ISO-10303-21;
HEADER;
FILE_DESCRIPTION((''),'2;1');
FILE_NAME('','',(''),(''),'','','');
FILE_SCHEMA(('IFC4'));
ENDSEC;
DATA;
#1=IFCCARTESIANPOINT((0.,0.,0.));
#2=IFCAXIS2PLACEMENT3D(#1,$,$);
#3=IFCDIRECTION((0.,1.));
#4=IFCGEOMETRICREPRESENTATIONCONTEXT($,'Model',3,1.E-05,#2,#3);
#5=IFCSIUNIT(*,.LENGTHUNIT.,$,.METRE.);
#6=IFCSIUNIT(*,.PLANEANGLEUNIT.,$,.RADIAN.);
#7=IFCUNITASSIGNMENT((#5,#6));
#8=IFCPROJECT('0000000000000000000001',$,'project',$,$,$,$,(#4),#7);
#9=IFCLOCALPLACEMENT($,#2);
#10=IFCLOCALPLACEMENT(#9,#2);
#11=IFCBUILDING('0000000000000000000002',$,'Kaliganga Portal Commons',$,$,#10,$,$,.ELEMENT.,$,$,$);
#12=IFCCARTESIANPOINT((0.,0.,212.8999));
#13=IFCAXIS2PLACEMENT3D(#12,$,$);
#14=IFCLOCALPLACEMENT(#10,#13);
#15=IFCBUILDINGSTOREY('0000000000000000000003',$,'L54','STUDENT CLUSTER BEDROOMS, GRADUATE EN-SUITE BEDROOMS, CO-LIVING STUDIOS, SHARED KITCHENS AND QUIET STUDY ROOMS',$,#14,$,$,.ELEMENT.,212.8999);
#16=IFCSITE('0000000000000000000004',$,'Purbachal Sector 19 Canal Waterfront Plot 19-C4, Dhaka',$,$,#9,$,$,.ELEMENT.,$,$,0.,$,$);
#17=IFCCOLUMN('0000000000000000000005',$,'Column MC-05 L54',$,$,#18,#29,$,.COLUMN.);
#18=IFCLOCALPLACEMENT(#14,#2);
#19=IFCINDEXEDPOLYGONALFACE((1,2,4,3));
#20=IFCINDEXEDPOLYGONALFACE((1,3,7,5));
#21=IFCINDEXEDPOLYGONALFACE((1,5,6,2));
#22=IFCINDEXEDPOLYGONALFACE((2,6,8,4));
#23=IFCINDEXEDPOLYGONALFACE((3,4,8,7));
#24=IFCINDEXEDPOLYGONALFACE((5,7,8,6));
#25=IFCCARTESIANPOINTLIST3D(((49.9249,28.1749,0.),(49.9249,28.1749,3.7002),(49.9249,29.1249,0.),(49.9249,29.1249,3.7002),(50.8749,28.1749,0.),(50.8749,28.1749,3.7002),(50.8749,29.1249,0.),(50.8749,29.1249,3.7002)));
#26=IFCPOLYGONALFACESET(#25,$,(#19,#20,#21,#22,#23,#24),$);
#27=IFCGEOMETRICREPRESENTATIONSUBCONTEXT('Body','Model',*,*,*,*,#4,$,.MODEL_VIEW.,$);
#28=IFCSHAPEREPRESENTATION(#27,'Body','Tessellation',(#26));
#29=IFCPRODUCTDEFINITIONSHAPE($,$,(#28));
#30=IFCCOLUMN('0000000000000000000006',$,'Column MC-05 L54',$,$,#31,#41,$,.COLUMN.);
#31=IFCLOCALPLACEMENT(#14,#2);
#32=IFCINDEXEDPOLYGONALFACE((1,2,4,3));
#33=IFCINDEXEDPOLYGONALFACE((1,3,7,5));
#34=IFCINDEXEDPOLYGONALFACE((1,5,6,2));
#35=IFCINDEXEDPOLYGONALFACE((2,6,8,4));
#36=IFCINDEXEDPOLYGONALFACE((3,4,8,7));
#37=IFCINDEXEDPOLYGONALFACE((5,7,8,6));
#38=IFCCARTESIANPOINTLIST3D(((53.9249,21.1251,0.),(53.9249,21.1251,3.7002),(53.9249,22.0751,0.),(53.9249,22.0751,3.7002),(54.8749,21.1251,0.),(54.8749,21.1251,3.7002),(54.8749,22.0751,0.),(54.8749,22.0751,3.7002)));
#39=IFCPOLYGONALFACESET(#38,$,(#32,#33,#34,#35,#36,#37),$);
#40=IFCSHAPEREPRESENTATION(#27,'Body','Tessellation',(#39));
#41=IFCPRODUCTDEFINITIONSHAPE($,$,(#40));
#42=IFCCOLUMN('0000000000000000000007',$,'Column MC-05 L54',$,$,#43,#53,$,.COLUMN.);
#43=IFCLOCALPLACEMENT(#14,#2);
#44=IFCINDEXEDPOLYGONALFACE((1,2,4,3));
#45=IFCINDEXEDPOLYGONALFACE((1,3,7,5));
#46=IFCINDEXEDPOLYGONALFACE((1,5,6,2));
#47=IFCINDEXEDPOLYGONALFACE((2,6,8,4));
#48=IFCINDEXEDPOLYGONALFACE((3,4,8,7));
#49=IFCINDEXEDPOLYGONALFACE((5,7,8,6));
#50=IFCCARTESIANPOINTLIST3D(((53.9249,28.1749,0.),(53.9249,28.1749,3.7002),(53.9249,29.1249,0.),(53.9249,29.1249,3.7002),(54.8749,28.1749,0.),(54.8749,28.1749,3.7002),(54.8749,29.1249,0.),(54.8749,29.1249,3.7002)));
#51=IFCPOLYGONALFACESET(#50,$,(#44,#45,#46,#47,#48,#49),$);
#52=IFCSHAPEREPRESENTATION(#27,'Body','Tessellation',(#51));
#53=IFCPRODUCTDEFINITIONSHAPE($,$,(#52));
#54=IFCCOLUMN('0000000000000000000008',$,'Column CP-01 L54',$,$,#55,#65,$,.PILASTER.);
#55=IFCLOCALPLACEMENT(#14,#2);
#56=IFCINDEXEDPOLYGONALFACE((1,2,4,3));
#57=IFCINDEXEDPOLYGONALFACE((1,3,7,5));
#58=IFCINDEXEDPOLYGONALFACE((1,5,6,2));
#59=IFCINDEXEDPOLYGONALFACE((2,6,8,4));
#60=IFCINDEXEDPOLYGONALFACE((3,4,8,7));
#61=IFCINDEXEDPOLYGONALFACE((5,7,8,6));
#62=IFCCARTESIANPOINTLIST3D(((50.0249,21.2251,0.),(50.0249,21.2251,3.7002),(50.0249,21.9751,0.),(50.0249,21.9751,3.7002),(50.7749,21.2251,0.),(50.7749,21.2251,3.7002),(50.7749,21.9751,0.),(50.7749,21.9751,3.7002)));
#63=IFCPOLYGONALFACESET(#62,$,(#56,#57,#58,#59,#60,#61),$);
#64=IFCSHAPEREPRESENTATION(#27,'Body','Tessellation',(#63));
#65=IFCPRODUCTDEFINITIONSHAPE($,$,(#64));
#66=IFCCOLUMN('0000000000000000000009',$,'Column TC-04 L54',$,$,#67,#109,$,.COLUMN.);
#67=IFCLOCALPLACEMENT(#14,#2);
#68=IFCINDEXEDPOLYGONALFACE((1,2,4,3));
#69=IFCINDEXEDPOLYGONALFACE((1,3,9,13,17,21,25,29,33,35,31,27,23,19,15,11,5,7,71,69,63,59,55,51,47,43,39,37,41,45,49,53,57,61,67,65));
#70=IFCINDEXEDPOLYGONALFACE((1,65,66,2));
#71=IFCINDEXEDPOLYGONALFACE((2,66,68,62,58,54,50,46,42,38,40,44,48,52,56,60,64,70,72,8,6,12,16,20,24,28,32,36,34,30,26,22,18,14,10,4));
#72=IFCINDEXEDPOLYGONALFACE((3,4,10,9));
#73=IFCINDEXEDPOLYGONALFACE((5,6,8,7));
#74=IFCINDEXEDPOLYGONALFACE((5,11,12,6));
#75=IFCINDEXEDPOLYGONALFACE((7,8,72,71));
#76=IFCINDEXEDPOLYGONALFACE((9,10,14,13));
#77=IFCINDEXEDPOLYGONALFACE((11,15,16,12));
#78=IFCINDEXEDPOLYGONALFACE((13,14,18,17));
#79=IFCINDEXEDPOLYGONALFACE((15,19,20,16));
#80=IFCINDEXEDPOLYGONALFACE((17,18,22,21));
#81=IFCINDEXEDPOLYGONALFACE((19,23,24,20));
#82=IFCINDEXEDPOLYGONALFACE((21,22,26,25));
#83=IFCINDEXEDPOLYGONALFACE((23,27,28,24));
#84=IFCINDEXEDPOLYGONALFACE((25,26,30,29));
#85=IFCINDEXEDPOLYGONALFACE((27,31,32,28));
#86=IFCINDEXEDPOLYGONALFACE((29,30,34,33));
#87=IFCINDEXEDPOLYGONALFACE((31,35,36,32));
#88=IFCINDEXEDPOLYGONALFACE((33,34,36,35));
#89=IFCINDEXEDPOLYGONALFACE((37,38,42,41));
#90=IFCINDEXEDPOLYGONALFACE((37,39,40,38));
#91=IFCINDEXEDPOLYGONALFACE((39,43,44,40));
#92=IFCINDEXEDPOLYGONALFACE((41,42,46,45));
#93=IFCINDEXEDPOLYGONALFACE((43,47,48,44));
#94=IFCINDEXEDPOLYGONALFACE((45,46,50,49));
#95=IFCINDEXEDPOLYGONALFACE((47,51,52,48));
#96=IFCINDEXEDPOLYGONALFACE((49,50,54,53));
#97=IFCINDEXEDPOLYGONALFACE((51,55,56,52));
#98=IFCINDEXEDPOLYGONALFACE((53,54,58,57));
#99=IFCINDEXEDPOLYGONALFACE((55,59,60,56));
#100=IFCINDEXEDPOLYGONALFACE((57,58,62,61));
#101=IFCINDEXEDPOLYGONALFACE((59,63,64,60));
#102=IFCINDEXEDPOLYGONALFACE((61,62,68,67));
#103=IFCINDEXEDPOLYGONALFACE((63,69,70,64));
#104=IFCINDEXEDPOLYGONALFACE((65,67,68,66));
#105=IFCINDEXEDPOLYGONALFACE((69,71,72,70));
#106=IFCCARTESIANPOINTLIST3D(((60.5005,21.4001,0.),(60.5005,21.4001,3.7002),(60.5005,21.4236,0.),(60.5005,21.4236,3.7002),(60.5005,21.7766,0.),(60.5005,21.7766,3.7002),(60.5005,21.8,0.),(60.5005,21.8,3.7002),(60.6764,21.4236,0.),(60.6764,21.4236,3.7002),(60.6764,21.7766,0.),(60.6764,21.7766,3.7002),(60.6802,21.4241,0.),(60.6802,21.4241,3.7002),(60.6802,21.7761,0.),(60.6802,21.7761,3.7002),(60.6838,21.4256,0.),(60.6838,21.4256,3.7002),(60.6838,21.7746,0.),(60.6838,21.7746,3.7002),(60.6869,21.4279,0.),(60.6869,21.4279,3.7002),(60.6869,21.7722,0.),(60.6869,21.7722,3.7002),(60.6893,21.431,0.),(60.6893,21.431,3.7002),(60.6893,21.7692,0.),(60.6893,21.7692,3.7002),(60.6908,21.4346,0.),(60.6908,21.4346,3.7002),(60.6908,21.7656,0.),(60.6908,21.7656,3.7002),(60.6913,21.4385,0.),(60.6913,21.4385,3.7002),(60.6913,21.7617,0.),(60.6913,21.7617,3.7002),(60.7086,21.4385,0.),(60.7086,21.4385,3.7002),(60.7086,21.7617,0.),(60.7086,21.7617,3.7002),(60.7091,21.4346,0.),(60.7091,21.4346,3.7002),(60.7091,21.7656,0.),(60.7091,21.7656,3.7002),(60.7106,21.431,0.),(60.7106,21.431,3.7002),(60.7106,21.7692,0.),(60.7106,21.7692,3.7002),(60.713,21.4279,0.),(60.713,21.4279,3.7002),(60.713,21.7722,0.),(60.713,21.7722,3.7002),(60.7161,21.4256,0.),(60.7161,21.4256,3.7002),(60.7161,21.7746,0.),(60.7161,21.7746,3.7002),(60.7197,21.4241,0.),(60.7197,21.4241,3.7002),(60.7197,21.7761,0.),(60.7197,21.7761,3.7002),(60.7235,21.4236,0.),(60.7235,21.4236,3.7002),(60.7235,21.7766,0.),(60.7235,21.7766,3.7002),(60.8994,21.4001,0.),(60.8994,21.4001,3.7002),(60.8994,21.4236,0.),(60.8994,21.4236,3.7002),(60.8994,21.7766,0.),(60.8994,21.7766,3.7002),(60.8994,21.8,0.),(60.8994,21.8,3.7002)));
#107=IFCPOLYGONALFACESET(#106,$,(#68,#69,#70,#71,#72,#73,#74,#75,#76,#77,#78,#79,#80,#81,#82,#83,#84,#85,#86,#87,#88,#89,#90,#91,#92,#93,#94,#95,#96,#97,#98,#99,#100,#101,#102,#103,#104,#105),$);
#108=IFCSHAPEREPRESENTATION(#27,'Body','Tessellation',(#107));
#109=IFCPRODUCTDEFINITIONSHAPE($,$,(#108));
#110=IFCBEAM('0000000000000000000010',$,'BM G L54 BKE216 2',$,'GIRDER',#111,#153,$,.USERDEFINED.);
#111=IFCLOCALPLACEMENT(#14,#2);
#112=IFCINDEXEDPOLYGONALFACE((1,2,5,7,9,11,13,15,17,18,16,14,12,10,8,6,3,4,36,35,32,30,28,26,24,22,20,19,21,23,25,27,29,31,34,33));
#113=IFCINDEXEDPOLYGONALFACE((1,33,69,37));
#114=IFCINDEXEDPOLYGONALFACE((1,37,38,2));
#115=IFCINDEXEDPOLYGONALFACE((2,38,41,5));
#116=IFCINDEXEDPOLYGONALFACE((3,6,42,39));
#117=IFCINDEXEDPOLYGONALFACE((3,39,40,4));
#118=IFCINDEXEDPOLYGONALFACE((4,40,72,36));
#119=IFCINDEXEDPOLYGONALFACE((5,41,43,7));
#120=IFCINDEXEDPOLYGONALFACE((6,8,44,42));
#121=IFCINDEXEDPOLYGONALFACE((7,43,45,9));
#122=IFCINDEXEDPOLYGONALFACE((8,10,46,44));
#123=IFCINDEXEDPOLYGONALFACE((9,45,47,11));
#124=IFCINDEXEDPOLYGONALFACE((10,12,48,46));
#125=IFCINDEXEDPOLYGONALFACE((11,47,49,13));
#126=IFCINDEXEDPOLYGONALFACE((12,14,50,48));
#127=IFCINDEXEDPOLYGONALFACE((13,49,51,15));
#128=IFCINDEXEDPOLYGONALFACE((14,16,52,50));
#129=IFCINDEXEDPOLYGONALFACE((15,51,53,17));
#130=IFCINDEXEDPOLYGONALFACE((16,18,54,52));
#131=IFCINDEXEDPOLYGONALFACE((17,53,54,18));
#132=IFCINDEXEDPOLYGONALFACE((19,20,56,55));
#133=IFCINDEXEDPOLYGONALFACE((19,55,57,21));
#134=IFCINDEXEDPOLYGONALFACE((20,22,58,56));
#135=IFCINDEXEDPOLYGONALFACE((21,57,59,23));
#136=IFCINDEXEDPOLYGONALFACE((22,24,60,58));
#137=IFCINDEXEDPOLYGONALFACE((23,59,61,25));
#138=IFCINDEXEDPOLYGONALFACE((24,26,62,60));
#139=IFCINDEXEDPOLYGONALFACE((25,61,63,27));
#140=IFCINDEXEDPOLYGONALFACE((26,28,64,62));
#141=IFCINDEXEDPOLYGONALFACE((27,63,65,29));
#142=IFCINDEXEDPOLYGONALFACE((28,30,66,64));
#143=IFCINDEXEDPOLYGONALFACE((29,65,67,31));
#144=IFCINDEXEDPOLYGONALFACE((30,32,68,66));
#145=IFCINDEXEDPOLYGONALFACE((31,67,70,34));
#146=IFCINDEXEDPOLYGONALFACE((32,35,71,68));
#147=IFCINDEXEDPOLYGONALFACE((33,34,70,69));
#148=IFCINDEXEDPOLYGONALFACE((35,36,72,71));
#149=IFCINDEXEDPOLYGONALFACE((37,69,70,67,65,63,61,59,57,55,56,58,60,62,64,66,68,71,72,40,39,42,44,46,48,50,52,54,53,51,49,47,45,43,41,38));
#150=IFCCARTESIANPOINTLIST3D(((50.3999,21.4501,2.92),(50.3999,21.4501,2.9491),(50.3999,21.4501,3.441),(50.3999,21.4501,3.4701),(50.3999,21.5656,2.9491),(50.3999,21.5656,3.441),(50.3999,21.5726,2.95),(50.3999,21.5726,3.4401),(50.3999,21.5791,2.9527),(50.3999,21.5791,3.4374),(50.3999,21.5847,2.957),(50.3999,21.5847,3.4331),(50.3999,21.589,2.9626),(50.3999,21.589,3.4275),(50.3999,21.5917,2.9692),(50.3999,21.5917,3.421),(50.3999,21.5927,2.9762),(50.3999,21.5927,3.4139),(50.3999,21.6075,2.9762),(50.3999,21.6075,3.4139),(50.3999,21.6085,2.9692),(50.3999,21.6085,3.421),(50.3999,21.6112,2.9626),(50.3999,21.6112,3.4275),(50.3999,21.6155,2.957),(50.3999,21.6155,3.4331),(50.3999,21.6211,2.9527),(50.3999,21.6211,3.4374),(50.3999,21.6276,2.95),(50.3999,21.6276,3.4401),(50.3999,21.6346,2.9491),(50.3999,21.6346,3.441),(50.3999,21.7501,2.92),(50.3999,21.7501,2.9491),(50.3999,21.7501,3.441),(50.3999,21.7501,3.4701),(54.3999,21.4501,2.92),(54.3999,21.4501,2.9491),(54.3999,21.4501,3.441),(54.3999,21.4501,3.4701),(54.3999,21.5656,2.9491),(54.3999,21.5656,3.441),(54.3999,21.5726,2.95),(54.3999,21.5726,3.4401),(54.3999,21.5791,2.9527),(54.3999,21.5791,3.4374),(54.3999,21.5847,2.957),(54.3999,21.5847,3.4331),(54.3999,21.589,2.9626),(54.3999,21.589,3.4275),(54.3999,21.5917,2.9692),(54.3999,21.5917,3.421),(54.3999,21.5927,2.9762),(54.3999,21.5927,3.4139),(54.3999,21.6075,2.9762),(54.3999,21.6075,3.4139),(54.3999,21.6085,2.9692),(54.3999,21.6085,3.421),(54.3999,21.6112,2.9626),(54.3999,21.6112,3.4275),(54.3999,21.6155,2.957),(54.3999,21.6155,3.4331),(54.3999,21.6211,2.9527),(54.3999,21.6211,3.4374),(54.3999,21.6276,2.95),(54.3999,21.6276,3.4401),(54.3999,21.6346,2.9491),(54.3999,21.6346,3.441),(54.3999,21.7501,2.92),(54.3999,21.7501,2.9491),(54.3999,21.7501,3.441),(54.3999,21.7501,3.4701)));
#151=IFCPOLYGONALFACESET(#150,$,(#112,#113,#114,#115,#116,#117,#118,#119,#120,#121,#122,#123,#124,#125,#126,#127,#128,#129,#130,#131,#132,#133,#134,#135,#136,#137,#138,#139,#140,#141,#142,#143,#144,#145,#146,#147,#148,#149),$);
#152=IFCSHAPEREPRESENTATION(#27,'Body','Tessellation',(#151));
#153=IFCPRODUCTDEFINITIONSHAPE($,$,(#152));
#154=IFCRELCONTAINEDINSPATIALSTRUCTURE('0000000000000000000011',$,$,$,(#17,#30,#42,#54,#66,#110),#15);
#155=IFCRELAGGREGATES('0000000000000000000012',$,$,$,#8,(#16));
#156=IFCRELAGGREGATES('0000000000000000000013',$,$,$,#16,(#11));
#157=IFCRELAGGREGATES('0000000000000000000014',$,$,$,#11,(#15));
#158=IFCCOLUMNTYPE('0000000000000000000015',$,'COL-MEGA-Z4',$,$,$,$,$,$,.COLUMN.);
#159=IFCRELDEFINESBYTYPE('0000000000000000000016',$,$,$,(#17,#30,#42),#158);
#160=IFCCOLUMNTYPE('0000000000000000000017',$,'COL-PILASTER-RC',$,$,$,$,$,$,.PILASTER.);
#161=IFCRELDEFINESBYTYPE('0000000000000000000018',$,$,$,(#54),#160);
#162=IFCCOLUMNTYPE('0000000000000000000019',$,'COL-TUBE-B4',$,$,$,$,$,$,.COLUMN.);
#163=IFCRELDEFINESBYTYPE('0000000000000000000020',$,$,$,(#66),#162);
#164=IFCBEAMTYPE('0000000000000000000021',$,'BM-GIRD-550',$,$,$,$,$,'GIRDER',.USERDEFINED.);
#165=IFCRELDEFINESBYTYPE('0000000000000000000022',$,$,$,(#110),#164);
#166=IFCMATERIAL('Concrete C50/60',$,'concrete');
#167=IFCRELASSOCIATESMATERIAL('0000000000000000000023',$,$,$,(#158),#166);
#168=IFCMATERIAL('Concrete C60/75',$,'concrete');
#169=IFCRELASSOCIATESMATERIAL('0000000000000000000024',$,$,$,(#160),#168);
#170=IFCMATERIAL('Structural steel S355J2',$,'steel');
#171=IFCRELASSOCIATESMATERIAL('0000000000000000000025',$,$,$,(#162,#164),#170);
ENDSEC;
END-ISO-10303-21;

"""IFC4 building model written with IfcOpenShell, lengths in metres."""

from ifc_helpers import new_model, si_unit, direction, frame, origin, origin_2d, place, context, subcontext, project, spatial, rectangle, i_section, extrude, source, transform, mapped, material, material_profile, profile_set, type_object, element, save


model = new_model("IFC4")

# Units and contexts
model_context = context("Model", 3, precision=1e-05, world=origin(), true_north=direction((0.0, 1.0)))
body_context = subcontext(model_context, "Body", "Model", "MODEL_VIEW")
ifc_project = project(units=[si_unit("LENGTHUNIT", "METRE"), si_unit("PLANEANGLEUNIT", "RADIAN")], contexts=[model_context])

# Site, building, storey
site_placement = place(None, origin())
site = spatial("IfcSite", under=ifc_project, at=site_placement, Name="Purbachal Sector 19 Canal Waterfront Plot 19-C4, Dhaka", CompositionType="ELEMENT", RefElevation=0.0)
building_placement = place(site_placement, origin())
building = spatial("IfcBuilding", under=site, at=building_placement, Name="Kaliganga Portal Commons", CompositionType="ELEMENT")
storey_placement = place(building_placement, frame((0.0, 0.0, 212.8999)))
storey = spatial("IfcBuildingStorey", under=building, at=storey_placement, Name="L54", Description="STUDENT CLUSTER BEDROOMS, GRADUATE EN-SUITE BEDROOMS, CO-LIVING STUDIOS, SHARED KITCHENS AND QUIET STUDY ROOMS", CompositionType="ELEMENT", Elevation=212.8999)

# Columns
ifc_material_1 = material(Name="Concrete C50/60", Category="concrete")
ifc_material_profile_1 = material_profile(ifc_material_1, rectangle(XDim=0.95, YDim=0.95, at=origin_2d()), Name="RC 950x950")
ifc_profile_set_1 = profile_set([ifc_material_profile_1], Name="Concrete C50/60")
column_type_1 = type_object("IfcColumnType", Name="COL-MEGA-Z4", PredefinedType="COLUMN", material=ifc_profile_set_1)
shared_shape_1 = source(origin(), body_context, "Body", "SweptSolid", [
    extrude(rectangle(XDim=0.95, YDim=0.95, at=origin_2d()), origin(), (0.0, 0.0, 1.0), 3.7002),
])
for number, where, z_axis, x_axis, name in (
    (1, (50.3999, 28.6499, 0.0), (0.0, 0.0, 1.0), (1.0, 0.0, 0.0), "Column MC-05 L54"),
    (2, (54.3999, 21.6001, 0.0), (0.0, 0.0, 1.0), (1.0, 0.0, 0.0), "Column MC-05 L54"),
    (3, (54.3999, 28.6499, 0.0), (0.0, 0.0, 1.0), (1.0, 0.0, 0.0), "Column MC-05 L54"),
):
    element("IfcColumn", number, at=place(storey_placement, frame(where, z_axis=z_axis, x_axis=x_axis)), inside=storey, type_object=column_type_1, Name=name, PredefinedType="COLUMN", context=body_context, shape_type="MappedRepresentation", body=[
        mapped(shared_shape_1, transform((0.0, 0.0, 0.0), x_axis=(1.0, 0.0, 0.0), y_axis=(0.0, 1.0, 0.0), z_axis=(0.0, 0.0, 1.0), scale=1.0)),
    ])
ifc_material_2 = material(Name="Concrete C60/75", Category="concrete")
ifc_material_profile_2 = material_profile(ifc_material_2, rectangle(XDim=0.75, YDim=0.75, at=origin_2d()), Name="RC 750x750")
ifc_profile_set_2 = profile_set([ifc_material_profile_2], Name="Concrete C60/75")
column_type_2 = type_object("IfcColumnType", Name="COL-PILASTER-RC", PredefinedType="PILASTER", material=ifc_profile_set_2)
shared_shape_2 = source(origin(), body_context, "Body", "SweptSolid", [
    extrude(rectangle(XDim=0.75, YDim=0.75, at=origin_2d()), origin(), (0.0, 0.0, 1.0), 3.7002),
])
column_1_placement = place(storey_placement, frame((50.3999, 21.6001, 0.0), z_axis=(0.0, 0.0, 1.0), x_axis=(1.0, 0.0, 0.0)))
element("IfcColumn", 4, at=column_1_placement, inside=storey, type_object=column_type_2, Name="Column CP-01 L54", PredefinedType="PILASTER", context=body_context, shape_type="MappedRepresentation", body=[
    mapped(shared_shape_2, transform((0.0, 0.0, 0.0), x_axis=(1.0, 0.0, 0.0), y_axis=(0.0, 1.0, 0.0), z_axis=(0.0, 0.0, 1.0), scale=1.0)),
])
ifc_material_3 = material(Name="Structural steel S355J2", Category="steel")
ifc_material_profile_3 = material_profile(ifc_material_3, i_section(OverallWidth=0.3989, OverallDepth=0.3999, WebThickness=0.0173, FlangeThickness=0.0234, FilletRadius=0.0149, at=origin_2d()), Name="HD 400x287")
ifc_profile_set_3 = profile_set([ifc_material_profile_3], Name="Structural steel S355J2 wide-flange")
column_type_3 = type_object("IfcColumnType", Name="COL-TUBE-B4", PredefinedType="COLUMN", material=ifc_profile_set_3)
shared_shape_3 = source(origin(), body_context, "Body", "SweptSolid", [
    extrude(i_section(OverallWidth=0.3989, OverallDepth=0.3999, WebThickness=0.0173, FlangeThickness=0.0234, FilletRadius=0.0149, at=origin_2d()), origin(), (0.0, 0.0, 1.0), 3.7002),
])
column_2_placement = place(storey_placement, frame((60.7, 21.6001, 0.0), z_axis=(0.0, 0.0, 1.0), x_axis=(1.0, 0.0, 0.0)))
element("IfcColumn", 5, at=column_2_placement, inside=storey, type_object=column_type_3, Name="Column TC-04 L54", PredefinedType="COLUMN", context=body_context, shape_type="MappedRepresentation", body=[
    mapped(shared_shape_3, transform((0.0, 0.0, 0.0), x_axis=(1.0, 0.0, 0.0), y_axis=(0.0, 1.0, 0.0), z_axis=(0.0, 0.0, 1.0), scale=1.0)),
])

# Beam
ifc_material_profile_4 = material_profile(ifc_material_3, i_section(OverallWidth=0.3, OverallDepth=0.55, WebThickness=0.0149, FlangeThickness=0.0291, FilletRadius=0.0271, at=origin_2d()), Name="HE 550 B")
ifc_profile_set_4 = profile_set([ifc_material_profile_4], Name="Structural steel S355J2 wide-flange")
beam_type_1 = type_object("IfcBeamType", Name="BM-GIRD-550", ElementType="GIRDER", PredefinedType="USERDEFINED", material=ifc_profile_set_4)
shared_shape_4 = source(origin(), body_context, "Body", "SweptSolid", [
    extrude(i_section(OverallWidth=0.3, OverallDepth=0.55, WebThickness=0.0149, FlangeThickness=0.0291, FilletRadius=0.0271, at=origin_2d()), origin(), (0.0, 0.0, 1.0), 4.0),
])
for number, where, z_axis, x_axis, name in (
    (6, (50.3999, 21.6001, 3.1951), (1.0, 0.0, 0.0), (0.0, 1.0, 0.0), "BM G L54 BKE216 2"),
):
    element("IfcBeam", number, at=place(storey_placement, frame(where, z_axis=z_axis, x_axis=x_axis)), inside=storey, type_object=beam_type_1, Name=name, ObjectType="GIRDER", PredefinedType="USERDEFINED", context=body_context, shape_type="MappedRepresentation", body=[
        mapped(shared_shape_4, transform((0.0, 0.0, 0.0), x_axis=(1.0, 0.0, 0.0), y_axis=(0.0, 1.0, 0.0), z_axis=(0.0, 0.0, 1.0), scale=1.0)),
    ])

save(model, "model.ifc")
